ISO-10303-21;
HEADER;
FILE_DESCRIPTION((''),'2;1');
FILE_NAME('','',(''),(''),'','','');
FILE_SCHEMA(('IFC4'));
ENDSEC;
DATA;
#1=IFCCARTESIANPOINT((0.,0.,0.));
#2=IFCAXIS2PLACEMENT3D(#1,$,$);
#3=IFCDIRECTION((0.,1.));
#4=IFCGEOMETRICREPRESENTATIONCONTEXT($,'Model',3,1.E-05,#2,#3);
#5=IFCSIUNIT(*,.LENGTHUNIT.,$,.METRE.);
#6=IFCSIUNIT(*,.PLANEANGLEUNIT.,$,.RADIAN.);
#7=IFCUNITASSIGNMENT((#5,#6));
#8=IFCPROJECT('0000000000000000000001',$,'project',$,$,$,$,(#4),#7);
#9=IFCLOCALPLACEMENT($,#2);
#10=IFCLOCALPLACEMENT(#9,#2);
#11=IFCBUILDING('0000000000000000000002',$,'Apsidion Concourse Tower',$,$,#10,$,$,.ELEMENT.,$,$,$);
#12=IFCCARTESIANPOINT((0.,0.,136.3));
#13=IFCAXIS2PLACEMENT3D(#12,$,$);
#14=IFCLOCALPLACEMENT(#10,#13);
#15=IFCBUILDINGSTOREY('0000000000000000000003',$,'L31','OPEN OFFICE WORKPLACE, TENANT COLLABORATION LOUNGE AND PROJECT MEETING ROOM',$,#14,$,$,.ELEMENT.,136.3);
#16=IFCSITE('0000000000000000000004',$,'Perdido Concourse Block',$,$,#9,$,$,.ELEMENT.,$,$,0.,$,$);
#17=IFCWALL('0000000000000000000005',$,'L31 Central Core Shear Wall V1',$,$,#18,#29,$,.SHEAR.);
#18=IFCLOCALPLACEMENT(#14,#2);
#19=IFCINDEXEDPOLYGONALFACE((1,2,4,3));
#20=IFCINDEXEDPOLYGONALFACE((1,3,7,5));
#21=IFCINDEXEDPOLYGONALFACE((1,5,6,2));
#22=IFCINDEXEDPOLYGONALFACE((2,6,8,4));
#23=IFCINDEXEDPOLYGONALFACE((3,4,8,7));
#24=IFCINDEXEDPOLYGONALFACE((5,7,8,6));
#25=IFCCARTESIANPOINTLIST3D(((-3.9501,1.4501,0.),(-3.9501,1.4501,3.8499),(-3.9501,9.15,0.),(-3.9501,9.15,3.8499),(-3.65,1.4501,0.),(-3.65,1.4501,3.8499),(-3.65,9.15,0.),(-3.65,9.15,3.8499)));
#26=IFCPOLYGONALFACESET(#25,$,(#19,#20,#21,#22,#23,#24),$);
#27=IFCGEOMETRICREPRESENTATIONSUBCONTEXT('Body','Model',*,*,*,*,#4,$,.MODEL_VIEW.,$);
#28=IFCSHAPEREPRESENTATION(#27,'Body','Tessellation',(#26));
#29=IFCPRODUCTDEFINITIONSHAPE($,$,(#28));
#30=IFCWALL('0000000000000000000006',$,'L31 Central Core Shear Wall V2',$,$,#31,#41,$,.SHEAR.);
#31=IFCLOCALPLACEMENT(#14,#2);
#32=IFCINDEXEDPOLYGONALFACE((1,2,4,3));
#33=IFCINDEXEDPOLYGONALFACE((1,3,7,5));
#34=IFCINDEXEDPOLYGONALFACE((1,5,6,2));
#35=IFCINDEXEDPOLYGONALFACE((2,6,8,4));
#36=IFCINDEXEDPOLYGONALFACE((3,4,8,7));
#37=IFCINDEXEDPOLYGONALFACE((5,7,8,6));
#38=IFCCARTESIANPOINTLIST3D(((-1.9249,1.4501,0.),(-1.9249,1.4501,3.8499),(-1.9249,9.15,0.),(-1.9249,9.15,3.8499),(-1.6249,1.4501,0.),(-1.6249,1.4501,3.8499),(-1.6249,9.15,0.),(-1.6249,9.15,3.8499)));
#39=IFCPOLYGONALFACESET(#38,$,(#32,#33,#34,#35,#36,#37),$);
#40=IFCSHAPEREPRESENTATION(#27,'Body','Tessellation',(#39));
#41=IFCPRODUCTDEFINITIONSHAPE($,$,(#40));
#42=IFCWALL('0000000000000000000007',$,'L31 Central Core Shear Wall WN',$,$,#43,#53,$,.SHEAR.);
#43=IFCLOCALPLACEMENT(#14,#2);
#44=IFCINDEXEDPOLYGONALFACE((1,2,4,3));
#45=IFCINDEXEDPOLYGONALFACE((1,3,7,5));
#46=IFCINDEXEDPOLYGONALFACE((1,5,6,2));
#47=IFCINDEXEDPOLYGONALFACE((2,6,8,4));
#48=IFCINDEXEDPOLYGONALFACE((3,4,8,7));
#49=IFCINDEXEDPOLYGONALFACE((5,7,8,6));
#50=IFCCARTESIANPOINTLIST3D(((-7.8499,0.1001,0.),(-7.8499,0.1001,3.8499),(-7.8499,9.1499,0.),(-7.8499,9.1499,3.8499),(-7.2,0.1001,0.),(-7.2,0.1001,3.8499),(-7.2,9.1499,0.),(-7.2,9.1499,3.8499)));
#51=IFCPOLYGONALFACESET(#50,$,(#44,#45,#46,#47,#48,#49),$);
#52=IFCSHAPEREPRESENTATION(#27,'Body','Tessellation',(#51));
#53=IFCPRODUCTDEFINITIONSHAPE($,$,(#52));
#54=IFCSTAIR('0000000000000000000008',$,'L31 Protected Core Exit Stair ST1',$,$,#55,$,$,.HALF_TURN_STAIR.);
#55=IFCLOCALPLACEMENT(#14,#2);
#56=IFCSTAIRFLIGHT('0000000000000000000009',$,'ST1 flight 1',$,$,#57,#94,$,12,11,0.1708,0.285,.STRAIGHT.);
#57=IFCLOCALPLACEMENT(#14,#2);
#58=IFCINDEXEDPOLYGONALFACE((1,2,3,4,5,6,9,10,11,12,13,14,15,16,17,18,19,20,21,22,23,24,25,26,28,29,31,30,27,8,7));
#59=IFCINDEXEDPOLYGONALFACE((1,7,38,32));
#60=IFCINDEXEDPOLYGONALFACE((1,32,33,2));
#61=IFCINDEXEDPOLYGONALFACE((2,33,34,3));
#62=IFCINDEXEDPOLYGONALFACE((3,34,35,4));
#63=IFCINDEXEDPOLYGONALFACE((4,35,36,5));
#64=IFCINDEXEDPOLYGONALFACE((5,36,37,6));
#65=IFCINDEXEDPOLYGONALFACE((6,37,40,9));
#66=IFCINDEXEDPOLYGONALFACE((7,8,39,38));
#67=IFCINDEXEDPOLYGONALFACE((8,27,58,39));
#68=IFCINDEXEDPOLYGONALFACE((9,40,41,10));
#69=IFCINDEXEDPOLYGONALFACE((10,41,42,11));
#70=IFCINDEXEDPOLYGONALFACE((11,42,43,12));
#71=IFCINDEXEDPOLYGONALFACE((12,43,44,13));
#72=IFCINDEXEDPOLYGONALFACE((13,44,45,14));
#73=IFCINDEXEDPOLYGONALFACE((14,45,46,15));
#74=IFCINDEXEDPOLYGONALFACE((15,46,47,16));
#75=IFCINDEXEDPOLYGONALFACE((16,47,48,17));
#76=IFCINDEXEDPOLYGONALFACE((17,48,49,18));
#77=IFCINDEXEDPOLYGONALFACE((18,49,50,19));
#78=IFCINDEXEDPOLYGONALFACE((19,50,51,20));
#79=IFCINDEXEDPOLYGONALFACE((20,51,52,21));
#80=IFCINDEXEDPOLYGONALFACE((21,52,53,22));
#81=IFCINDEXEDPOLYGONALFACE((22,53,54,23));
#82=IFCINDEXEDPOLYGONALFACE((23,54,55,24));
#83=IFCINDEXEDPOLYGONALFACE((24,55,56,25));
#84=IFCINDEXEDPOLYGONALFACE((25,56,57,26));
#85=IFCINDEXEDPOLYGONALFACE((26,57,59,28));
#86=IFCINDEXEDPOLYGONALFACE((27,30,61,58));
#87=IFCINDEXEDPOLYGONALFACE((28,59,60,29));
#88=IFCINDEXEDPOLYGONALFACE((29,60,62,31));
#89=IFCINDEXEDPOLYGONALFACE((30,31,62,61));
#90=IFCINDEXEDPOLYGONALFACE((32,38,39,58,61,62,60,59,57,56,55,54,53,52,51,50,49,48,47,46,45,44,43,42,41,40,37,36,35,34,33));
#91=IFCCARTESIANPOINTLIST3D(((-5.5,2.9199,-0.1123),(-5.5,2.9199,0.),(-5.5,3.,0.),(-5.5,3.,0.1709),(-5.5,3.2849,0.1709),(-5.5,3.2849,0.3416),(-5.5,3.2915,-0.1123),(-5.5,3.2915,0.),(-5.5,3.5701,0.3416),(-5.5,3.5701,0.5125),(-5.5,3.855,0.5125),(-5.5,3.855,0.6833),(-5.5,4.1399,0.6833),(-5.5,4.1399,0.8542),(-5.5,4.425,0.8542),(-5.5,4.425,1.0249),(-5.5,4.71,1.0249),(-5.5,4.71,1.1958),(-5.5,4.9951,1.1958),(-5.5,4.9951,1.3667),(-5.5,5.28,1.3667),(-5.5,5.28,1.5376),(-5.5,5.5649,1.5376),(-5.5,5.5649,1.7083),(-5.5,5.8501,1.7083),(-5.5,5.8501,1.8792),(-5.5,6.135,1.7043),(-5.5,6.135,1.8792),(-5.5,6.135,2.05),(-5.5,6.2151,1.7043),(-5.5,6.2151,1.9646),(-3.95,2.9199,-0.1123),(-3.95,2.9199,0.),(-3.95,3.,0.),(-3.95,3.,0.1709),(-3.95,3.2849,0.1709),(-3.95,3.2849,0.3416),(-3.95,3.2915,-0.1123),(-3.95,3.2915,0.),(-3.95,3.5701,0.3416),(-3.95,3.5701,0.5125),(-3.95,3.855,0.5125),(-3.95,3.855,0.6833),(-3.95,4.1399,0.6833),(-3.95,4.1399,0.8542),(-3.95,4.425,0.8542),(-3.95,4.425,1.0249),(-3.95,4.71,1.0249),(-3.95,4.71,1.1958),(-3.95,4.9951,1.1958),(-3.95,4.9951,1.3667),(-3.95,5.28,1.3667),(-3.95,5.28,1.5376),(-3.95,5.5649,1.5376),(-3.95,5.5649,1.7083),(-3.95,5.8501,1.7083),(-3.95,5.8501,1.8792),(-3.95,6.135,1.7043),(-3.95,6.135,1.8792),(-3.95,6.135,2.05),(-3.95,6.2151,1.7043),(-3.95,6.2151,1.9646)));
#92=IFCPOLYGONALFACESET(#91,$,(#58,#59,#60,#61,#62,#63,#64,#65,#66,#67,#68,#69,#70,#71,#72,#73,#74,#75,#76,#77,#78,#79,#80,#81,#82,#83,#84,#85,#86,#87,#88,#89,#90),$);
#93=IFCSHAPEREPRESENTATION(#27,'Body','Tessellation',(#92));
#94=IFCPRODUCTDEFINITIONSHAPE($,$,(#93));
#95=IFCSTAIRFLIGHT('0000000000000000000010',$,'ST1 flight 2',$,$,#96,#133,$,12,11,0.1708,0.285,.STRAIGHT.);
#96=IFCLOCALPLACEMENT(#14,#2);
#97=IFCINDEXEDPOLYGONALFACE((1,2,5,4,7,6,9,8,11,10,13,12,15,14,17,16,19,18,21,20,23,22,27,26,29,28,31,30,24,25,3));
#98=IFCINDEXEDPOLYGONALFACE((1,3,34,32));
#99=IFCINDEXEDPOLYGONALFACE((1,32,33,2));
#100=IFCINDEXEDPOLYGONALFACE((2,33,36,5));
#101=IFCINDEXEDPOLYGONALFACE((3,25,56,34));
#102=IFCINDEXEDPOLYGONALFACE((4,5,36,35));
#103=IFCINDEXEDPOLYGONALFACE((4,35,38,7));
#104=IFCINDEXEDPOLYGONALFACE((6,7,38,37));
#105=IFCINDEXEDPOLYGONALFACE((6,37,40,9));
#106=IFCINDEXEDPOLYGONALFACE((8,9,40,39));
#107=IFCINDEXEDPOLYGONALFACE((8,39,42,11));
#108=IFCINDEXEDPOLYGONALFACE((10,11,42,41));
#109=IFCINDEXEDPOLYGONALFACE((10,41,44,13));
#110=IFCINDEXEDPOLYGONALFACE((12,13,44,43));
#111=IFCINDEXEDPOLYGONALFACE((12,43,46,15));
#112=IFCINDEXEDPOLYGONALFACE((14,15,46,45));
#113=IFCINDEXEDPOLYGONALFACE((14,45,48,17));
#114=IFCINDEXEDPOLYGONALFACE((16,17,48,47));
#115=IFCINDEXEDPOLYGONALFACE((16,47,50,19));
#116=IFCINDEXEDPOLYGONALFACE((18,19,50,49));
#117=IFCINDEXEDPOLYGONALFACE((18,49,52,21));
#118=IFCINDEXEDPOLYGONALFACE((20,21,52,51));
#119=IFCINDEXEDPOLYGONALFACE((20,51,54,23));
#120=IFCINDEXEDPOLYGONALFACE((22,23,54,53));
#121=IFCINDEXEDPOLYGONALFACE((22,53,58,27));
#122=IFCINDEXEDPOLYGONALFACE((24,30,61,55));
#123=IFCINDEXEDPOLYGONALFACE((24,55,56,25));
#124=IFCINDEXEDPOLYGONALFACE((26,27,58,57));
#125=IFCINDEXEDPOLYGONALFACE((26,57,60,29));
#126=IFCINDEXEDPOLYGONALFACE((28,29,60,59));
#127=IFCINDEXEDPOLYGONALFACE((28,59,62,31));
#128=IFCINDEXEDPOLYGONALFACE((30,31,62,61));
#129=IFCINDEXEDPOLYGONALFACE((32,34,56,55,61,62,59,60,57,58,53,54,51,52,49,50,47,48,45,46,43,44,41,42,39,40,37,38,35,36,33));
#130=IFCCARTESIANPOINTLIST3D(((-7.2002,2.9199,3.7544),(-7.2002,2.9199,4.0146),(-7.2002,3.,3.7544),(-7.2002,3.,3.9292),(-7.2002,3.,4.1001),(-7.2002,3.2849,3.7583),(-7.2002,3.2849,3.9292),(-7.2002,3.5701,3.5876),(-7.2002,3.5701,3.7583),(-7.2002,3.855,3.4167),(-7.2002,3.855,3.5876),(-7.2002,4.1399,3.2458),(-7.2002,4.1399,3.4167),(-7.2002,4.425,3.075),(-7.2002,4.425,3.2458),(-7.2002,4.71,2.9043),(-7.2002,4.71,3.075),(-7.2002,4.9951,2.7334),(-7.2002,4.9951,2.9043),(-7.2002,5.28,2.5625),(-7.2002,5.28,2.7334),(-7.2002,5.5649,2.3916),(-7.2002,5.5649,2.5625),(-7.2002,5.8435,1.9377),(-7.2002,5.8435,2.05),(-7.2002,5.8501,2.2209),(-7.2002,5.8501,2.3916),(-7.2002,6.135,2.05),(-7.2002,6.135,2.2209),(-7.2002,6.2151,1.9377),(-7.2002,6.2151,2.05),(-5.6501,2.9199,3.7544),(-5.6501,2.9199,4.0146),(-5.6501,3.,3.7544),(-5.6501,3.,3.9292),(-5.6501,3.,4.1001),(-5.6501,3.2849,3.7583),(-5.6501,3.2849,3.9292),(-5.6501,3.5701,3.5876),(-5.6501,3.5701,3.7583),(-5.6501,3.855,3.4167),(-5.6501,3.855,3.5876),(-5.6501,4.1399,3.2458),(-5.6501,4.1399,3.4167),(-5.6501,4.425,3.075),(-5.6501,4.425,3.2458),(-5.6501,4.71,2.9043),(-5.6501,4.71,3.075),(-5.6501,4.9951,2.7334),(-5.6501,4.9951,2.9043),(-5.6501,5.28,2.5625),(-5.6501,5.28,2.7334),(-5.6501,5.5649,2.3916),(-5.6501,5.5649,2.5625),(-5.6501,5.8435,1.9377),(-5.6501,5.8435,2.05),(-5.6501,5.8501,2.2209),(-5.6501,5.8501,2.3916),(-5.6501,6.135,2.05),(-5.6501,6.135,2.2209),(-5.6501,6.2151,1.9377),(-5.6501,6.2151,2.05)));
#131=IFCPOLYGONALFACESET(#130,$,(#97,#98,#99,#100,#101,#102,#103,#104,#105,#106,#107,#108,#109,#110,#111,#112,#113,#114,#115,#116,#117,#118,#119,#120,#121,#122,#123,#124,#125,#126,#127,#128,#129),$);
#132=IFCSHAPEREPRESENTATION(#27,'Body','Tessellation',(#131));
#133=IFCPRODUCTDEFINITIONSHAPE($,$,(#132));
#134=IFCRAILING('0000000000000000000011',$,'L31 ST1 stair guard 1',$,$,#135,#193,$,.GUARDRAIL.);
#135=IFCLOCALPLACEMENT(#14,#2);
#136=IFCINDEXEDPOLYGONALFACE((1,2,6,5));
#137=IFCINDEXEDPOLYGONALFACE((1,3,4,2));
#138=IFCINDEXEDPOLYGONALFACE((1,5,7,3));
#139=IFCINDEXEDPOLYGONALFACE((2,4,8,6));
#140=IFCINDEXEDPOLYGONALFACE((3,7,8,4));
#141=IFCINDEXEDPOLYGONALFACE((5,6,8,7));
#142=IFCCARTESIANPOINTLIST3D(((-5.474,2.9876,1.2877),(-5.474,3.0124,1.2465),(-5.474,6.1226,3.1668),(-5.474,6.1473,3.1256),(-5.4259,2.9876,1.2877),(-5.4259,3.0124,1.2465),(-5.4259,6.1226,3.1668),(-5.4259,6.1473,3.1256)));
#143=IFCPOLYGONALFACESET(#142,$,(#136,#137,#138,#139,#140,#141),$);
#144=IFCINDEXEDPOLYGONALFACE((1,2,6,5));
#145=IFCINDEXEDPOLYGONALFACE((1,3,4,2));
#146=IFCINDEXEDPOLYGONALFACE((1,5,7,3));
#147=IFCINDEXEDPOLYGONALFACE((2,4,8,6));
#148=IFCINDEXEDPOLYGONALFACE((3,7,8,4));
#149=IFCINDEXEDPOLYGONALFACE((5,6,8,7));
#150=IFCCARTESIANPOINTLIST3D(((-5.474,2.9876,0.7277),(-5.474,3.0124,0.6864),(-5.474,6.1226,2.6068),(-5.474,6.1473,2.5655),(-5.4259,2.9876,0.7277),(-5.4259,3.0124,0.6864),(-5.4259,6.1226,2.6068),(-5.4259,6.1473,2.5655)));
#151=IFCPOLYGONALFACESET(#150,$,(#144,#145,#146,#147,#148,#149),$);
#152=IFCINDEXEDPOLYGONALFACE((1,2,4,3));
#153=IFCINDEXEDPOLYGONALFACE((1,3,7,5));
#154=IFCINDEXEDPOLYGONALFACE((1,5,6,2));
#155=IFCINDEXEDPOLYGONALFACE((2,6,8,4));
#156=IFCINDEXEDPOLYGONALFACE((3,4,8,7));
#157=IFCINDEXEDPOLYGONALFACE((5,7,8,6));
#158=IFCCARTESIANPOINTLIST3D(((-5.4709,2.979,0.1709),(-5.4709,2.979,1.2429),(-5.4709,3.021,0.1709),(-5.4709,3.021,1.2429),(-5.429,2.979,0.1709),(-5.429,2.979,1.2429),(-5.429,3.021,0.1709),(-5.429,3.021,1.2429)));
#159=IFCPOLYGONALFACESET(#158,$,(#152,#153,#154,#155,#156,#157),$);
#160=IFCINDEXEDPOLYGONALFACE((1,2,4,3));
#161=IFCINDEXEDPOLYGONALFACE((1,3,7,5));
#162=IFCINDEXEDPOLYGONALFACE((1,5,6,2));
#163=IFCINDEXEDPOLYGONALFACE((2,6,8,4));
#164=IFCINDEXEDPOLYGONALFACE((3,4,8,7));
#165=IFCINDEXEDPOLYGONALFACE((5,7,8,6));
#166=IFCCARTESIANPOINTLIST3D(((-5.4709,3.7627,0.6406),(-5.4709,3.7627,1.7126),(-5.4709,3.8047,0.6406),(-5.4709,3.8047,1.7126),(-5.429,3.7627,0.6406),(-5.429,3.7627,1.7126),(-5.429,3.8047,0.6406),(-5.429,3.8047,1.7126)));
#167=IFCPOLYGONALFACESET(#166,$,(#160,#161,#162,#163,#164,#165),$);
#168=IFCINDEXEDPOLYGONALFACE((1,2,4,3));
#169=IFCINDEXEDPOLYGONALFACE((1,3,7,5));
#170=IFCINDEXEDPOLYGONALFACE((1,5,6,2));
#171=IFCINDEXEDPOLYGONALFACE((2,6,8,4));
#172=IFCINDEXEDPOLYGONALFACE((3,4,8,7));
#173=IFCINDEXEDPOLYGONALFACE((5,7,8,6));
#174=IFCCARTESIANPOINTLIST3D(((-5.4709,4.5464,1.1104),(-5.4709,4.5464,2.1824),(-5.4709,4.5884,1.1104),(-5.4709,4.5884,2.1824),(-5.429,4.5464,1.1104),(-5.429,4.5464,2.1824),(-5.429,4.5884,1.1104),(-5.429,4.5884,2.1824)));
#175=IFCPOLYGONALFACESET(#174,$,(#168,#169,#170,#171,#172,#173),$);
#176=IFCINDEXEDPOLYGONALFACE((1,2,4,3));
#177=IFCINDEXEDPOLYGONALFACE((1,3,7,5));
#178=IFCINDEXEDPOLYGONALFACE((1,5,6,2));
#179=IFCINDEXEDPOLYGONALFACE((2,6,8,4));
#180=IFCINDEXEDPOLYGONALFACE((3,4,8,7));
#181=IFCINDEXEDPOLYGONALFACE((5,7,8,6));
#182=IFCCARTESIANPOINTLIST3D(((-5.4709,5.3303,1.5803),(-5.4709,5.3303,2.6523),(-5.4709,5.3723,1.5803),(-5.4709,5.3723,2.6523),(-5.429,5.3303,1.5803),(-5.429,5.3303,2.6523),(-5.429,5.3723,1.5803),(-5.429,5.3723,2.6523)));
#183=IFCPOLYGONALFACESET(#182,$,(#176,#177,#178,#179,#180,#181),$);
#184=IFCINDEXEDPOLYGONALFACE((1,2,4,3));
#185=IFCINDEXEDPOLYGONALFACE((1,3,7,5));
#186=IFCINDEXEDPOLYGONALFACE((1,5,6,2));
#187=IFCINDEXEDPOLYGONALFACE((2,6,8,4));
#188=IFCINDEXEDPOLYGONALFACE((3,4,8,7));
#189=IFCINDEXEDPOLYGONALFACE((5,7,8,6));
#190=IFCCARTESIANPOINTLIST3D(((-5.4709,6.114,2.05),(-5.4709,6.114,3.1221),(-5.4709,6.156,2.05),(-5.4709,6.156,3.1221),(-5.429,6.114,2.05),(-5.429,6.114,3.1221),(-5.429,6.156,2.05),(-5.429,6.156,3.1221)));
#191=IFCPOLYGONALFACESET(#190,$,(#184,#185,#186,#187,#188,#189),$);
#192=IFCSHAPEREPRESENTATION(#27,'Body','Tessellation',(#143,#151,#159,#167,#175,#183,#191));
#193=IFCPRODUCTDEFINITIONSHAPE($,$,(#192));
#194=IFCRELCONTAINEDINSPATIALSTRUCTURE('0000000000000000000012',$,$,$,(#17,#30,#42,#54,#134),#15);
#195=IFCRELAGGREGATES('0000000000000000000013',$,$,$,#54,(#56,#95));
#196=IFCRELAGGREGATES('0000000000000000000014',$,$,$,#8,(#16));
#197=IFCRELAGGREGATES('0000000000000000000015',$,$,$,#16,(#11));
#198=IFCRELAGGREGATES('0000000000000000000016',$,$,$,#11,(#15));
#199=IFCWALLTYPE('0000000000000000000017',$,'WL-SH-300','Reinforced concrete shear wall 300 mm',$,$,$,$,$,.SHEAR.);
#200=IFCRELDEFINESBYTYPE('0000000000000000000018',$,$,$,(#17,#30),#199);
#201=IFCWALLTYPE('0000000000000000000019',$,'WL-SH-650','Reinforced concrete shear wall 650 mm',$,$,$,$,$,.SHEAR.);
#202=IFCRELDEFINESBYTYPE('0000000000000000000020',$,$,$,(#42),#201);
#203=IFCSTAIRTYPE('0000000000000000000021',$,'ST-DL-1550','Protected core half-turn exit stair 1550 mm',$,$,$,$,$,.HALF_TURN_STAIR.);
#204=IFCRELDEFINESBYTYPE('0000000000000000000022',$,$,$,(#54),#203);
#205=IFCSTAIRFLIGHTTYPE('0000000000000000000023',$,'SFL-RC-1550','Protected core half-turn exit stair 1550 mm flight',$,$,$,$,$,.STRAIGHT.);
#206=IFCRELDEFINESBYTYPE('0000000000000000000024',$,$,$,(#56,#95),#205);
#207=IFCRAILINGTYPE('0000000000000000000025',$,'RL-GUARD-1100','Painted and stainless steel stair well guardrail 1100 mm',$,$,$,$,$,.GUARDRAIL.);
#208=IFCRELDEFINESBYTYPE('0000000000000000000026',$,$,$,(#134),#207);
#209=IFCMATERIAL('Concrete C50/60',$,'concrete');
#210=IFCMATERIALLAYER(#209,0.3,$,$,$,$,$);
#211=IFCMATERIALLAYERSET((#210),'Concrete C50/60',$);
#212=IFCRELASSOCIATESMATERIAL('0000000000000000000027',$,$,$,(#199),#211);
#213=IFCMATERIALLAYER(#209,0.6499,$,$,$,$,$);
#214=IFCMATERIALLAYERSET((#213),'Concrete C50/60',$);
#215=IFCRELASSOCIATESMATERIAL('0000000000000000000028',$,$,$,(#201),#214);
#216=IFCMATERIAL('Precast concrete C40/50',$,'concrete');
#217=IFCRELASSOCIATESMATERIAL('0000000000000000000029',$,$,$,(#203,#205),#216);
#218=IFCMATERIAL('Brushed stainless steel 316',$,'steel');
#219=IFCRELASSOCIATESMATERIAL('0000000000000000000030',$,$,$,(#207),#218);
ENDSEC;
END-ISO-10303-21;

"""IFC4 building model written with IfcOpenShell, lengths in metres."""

from ifc_helpers import new_model, si_unit, direction, frame, frame_2d, origin, origin_2d, place, context, subcontext, project, spatial, polyline, rectangle, outline, extrude, material, layer, layer_set, type_object, element, aggregate, save


model = new_model("IFC4")

# Units and contexts
model_context = context("Model", 3, precision=1e-05, world=origin(), true_north=direction((0.0, 1.0)))
body_context = subcontext(model_context, "Body", "Model", "MODEL_VIEW")
ifc_project = project(units=[si_unit("LENGTHUNIT", "METRE"), si_unit("PLANEANGLEUNIT", "RADIAN")], contexts=[model_context])

# Site, building, storey
site_placement = place(None, origin())
site = spatial("IfcSite", under=ifc_project, at=site_placement, Name="Perdido Concourse Block", CompositionType="ELEMENT", RefElevation=0.0)
building_placement = place(site_placement, origin())
building = spatial("IfcBuilding", under=site, at=building_placement, Name="Apsidion Concourse Tower", CompositionType="ELEMENT")
storey_placement = place(building_placement, frame((0.0, 0.0, 136.3)))
storey = spatial("IfcBuildingStorey", under=building, at=storey_placement, Name="L31", Description="OPEN OFFICE WORKPLACE, TENANT COLLABORATION LOUNGE AND PROJECT MEETING ROOM", CompositionType="ELEMENT", Elevation=136.3)

# Shared definitions
ifc_material_1 = material(Name="Concrete C50/60", Category="concrete")

# Shared definitions
ifc_material_2 = material(Name="Brushed stainless steel 316", Category="steel")

# Walls
ifc_layer_1 = layer(ifc_material_1, 0.3)
ifc_layer_set_1 = layer_set([ifc_layer_1], Name="Concrete C50/60")
wall_type_1 = type_object("IfcWallType", Name="WL-SH-300", Description="Reinforced concrete shear wall 300 mm", PredefinedType="SHEAR", material=ifc_layer_set_1)
for number, where, z_axis, x_axis, name in (
    (1, (-3.8, 1.45, 0.0), (0.0, 0.0, 1.0), (0.0, 1.0, 0.0), "L31 Central Core Shear Wall V1"),
    (2, (-1.7749, 1.45, 0.0), (0.0, 0.0, 1.0), (0.0, 1.0, 0.0), "L31 Central Core Shear Wall V2"),
):
    element("IfcWall", number, at=place(storey_placement, frame(where, z_axis=z_axis, x_axis=x_axis)), inside=storey, type_object=wall_type_1, Name=name, PredefinedType="SHEAR", context=body_context, shape_type="SweptSolid", body=[
        extrude(rectangle(XDim=7.7, YDim=0.3, at=frame_2d((3.8501, 0.0))), origin(), (0.0, 0.0, 1.0), 3.8499),
    ])

# Wall
ifc_layer_2 = layer(ifc_material_1, 0.6499)
ifc_layer_set_2 = layer_set([ifc_layer_2], Name="Concrete C50/60")
wall_type_2 = type_object("IfcWallType", Name="WL-SH-650", Description="Reinforced concrete shear wall 650 mm", PredefinedType="SHEAR", material=ifc_layer_set_2)
wall_1_placement = place(storey_placement, frame((-7.5249, 0.1001, 0.0), z_axis=(0.0, 0.0, 1.0), x_axis=(0.0, 1.0, 0.0)))
element("IfcWall", 3, at=wall_1_placement, inside=storey, type_object=wall_type_2, Name="L31 Central Core Shear Wall WN", PredefinedType="SHEAR", context=body_context, shape_type="SweptSolid", body=[
    extrude(rectangle(XDim=9.0498, YDim=0.6499, at=frame_2d((4.5249, 0.0))), origin(), (0.0, 0.0, 1.0), 3.8499),
])

# Stair, stair flights
ifc_material_3 = material(Name="Precast concrete C40/50", Category="concrete")
stair_type = type_object("IfcStairType", Name="ST-DL-1550", Description="Protected core half-turn exit stair 1550 mm", PredefinedType="HALF_TURN_STAIR", material=ifc_material_3)
stair_placement = place(storey_placement, origin())
stair = element("IfcStair", 4, at=stair_placement, inside=storey, type_object=stair_type, Name="L31 Protected Core Exit Stair ST1", PredefinedType="HALF_TURN_STAIR")
stair_flight_type = type_object("IfcStairFlightType", Name="SFL-RC-1550", Description="Protected core half-turn exit stair 1550 mm flight", PredefinedType="STRAIGHT", material=ifc_material_3)
stair_flight_1_placement = place(storey_placement, frame((-4.7251, 3.0, 0.0), z_axis=(0.0, 0.0, 1.0), x_axis=(0.0, 1.0, 0.0)))
stair_flight_1 = element("IfcStairFlight", 5, at=stair_flight_1_placement, type_object=stair_flight_type, Name="ST1 flight 1", NumberOfRisers=12, NumberOfTreads=11, PredefinedType="STRAIGHT", RiserHeight=0.1708, TreadLength=0.285, context=body_context, shape_type="SweptSolid", body=[
    extrude(outline(polyline([(-0.0801, -0.1123), (-0.0801, 0.0), (0.0, 0.0), (0.0, 0.1709), (0.2849, 0.1709), (0.2849, 0.3416), (0.5701, 0.3416), (0.5701, 0.5125), (0.855, 0.5125), (0.855, 0.6833), (1.1399, 0.6833), (1.1399, 0.8542), (1.425, 0.8542), (1.425, 1.0249), (1.71, 1.0249), (1.71, 1.1958), (1.9951, 1.1958), (1.9951, 1.3667), (2.28, 1.3667), (2.28, 1.5376), (2.5649, 1.5376), (2.5649, 1.7083), (2.8501, 1.7083), (2.8501, 1.8792), (3.135, 1.8792), (3.135, 2.05), (3.2151, 1.9646), (3.2151, 1.7043), (3.135, 1.7043), (0.2915, 0.0), (0.2915, -0.1123), (-0.0801, -0.1123)])), frame((0.0, 0.7749, 0.0), z_axis=(0.0, -1.0, 0.0), x_axis=(1.0, 0.0, 0.0)), (0.0, 0.0, 1.0), 1.55),
])
stair_flight_2_placement = place(storey_placement, frame((-6.425, 6.135, 2.05), z_axis=(0.0, 0.0, 1.0), x_axis=(0.0, -1.0, 0.0)))
stair_flight_2 = element("IfcStairFlight", 6, at=stair_flight_2_placement, type_object=stair_flight_type, Name="ST1 flight 2", NumberOfRisers=12, NumberOfTreads=11, PredefinedType="STRAIGHT", RiserHeight=0.1708, TreadLength=0.285, context=body_context, shape_type="SweptSolid", body=[
    extrude(outline(polyline([(-0.0801, -0.1123), (-0.0801, 0.0), (0.0, 0.0), (0.0, 0.1709), (0.2849, 0.1709), (0.2849, 0.3416), (0.5701, 0.3416), (0.5701, 0.5125), (0.855, 0.5125), (0.855, 0.6833), (1.1399, 0.6833), (1.1399, 0.8542), (1.425, 0.8542), (1.425, 1.0249), (1.71, 1.0249), (1.71, 1.1958), (1.9951, 1.1958), (1.9951, 1.3667), (2.28, 1.3667), (2.28, 1.5376), (2.5649, 1.5376), (2.5649, 1.7083), (2.8501, 1.7083), (2.8501, 1.8792), (3.135, 1.8792), (3.135, 2.05), (3.2151, 1.9646), (3.2151, 1.7043), (3.135, 1.7043), (0.2915, 0.0), (0.2915, -0.1123), (-0.0801, -0.1123)])), frame((0.0, 0.7749, 0.0), z_axis=(0.0, -1.0, 0.0), x_axis=(1.0, 0.0, 0.0)), (0.0, 0.0, 1.0), 1.55),
])
aggregate(stair, [stair_flight_1, stair_flight_2])

# Railing
railing_type_1 = type_object("IfcRailingType", Name="RL-GUARD-1100", Description="Painted and stainless steel stair well guardrail 1100 mm", PredefinedType="GUARDRAIL", material=ifc_material_2)
railing_1_placement = place(storey_placement, frame((-5.45, 3.0, 0.1709)))
element("IfcRailing", 7, at=railing_1_placement, inside=storey, type_object=railing_type_1, Name="L31 ST1 stair guard 1", PredefinedType="GUARDRAIL", context=body_context, shape_type="SweptSolid", body=[
    extrude(rectangle(XDim=0.0481, YDim=0.0481, at=origin_2d()), frame((0.0, 0.0, 1.0962), z_axis=(0.0, 0.857717, 0.514122), x_axis=(-1.0, 0.0, 0.0)), (0.0, 0.0, 1.0), 3.655),
    extrude(rectangle(XDim=0.0481, YDim=0.0481, at=origin_2d()), frame((0.0, 0.0, 0.5361), z_axis=(0.0, 0.857717, 0.514122), x_axis=(-1.0, 0.0, 0.0)), (0.0, 0.0, 1.0), 3.655),
    extrude(rectangle(XDim=0.042, YDim=0.042, at=origin_2d()), origin(), (0.0, 0.0, 1.0), 1.072),
    extrude(rectangle(XDim=0.042, YDim=0.042, at=origin_2d()), frame((0.0, 0.7837, 0.4697)), (0.0, 0.0, 1.0), 1.072),
    extrude(rectangle(XDim=0.042, YDim=0.042, at=origin_2d()), frame((0.0, 1.5674, 0.9395)), (0.0, 0.0, 1.0), 1.072),
    extrude(rectangle(XDim=0.042, YDim=0.042, at=origin_2d()), frame((0.0, 2.3513, 1.4094)), (0.0, 0.0, 1.0), 1.072),
    extrude(rectangle(XDim=0.042, YDim=0.042, at=origin_2d()), frame((0.0, 3.135, 1.8792)), (0.0, 0.0, 1.0), 1.072),
])

save(model, "model.ifc")
